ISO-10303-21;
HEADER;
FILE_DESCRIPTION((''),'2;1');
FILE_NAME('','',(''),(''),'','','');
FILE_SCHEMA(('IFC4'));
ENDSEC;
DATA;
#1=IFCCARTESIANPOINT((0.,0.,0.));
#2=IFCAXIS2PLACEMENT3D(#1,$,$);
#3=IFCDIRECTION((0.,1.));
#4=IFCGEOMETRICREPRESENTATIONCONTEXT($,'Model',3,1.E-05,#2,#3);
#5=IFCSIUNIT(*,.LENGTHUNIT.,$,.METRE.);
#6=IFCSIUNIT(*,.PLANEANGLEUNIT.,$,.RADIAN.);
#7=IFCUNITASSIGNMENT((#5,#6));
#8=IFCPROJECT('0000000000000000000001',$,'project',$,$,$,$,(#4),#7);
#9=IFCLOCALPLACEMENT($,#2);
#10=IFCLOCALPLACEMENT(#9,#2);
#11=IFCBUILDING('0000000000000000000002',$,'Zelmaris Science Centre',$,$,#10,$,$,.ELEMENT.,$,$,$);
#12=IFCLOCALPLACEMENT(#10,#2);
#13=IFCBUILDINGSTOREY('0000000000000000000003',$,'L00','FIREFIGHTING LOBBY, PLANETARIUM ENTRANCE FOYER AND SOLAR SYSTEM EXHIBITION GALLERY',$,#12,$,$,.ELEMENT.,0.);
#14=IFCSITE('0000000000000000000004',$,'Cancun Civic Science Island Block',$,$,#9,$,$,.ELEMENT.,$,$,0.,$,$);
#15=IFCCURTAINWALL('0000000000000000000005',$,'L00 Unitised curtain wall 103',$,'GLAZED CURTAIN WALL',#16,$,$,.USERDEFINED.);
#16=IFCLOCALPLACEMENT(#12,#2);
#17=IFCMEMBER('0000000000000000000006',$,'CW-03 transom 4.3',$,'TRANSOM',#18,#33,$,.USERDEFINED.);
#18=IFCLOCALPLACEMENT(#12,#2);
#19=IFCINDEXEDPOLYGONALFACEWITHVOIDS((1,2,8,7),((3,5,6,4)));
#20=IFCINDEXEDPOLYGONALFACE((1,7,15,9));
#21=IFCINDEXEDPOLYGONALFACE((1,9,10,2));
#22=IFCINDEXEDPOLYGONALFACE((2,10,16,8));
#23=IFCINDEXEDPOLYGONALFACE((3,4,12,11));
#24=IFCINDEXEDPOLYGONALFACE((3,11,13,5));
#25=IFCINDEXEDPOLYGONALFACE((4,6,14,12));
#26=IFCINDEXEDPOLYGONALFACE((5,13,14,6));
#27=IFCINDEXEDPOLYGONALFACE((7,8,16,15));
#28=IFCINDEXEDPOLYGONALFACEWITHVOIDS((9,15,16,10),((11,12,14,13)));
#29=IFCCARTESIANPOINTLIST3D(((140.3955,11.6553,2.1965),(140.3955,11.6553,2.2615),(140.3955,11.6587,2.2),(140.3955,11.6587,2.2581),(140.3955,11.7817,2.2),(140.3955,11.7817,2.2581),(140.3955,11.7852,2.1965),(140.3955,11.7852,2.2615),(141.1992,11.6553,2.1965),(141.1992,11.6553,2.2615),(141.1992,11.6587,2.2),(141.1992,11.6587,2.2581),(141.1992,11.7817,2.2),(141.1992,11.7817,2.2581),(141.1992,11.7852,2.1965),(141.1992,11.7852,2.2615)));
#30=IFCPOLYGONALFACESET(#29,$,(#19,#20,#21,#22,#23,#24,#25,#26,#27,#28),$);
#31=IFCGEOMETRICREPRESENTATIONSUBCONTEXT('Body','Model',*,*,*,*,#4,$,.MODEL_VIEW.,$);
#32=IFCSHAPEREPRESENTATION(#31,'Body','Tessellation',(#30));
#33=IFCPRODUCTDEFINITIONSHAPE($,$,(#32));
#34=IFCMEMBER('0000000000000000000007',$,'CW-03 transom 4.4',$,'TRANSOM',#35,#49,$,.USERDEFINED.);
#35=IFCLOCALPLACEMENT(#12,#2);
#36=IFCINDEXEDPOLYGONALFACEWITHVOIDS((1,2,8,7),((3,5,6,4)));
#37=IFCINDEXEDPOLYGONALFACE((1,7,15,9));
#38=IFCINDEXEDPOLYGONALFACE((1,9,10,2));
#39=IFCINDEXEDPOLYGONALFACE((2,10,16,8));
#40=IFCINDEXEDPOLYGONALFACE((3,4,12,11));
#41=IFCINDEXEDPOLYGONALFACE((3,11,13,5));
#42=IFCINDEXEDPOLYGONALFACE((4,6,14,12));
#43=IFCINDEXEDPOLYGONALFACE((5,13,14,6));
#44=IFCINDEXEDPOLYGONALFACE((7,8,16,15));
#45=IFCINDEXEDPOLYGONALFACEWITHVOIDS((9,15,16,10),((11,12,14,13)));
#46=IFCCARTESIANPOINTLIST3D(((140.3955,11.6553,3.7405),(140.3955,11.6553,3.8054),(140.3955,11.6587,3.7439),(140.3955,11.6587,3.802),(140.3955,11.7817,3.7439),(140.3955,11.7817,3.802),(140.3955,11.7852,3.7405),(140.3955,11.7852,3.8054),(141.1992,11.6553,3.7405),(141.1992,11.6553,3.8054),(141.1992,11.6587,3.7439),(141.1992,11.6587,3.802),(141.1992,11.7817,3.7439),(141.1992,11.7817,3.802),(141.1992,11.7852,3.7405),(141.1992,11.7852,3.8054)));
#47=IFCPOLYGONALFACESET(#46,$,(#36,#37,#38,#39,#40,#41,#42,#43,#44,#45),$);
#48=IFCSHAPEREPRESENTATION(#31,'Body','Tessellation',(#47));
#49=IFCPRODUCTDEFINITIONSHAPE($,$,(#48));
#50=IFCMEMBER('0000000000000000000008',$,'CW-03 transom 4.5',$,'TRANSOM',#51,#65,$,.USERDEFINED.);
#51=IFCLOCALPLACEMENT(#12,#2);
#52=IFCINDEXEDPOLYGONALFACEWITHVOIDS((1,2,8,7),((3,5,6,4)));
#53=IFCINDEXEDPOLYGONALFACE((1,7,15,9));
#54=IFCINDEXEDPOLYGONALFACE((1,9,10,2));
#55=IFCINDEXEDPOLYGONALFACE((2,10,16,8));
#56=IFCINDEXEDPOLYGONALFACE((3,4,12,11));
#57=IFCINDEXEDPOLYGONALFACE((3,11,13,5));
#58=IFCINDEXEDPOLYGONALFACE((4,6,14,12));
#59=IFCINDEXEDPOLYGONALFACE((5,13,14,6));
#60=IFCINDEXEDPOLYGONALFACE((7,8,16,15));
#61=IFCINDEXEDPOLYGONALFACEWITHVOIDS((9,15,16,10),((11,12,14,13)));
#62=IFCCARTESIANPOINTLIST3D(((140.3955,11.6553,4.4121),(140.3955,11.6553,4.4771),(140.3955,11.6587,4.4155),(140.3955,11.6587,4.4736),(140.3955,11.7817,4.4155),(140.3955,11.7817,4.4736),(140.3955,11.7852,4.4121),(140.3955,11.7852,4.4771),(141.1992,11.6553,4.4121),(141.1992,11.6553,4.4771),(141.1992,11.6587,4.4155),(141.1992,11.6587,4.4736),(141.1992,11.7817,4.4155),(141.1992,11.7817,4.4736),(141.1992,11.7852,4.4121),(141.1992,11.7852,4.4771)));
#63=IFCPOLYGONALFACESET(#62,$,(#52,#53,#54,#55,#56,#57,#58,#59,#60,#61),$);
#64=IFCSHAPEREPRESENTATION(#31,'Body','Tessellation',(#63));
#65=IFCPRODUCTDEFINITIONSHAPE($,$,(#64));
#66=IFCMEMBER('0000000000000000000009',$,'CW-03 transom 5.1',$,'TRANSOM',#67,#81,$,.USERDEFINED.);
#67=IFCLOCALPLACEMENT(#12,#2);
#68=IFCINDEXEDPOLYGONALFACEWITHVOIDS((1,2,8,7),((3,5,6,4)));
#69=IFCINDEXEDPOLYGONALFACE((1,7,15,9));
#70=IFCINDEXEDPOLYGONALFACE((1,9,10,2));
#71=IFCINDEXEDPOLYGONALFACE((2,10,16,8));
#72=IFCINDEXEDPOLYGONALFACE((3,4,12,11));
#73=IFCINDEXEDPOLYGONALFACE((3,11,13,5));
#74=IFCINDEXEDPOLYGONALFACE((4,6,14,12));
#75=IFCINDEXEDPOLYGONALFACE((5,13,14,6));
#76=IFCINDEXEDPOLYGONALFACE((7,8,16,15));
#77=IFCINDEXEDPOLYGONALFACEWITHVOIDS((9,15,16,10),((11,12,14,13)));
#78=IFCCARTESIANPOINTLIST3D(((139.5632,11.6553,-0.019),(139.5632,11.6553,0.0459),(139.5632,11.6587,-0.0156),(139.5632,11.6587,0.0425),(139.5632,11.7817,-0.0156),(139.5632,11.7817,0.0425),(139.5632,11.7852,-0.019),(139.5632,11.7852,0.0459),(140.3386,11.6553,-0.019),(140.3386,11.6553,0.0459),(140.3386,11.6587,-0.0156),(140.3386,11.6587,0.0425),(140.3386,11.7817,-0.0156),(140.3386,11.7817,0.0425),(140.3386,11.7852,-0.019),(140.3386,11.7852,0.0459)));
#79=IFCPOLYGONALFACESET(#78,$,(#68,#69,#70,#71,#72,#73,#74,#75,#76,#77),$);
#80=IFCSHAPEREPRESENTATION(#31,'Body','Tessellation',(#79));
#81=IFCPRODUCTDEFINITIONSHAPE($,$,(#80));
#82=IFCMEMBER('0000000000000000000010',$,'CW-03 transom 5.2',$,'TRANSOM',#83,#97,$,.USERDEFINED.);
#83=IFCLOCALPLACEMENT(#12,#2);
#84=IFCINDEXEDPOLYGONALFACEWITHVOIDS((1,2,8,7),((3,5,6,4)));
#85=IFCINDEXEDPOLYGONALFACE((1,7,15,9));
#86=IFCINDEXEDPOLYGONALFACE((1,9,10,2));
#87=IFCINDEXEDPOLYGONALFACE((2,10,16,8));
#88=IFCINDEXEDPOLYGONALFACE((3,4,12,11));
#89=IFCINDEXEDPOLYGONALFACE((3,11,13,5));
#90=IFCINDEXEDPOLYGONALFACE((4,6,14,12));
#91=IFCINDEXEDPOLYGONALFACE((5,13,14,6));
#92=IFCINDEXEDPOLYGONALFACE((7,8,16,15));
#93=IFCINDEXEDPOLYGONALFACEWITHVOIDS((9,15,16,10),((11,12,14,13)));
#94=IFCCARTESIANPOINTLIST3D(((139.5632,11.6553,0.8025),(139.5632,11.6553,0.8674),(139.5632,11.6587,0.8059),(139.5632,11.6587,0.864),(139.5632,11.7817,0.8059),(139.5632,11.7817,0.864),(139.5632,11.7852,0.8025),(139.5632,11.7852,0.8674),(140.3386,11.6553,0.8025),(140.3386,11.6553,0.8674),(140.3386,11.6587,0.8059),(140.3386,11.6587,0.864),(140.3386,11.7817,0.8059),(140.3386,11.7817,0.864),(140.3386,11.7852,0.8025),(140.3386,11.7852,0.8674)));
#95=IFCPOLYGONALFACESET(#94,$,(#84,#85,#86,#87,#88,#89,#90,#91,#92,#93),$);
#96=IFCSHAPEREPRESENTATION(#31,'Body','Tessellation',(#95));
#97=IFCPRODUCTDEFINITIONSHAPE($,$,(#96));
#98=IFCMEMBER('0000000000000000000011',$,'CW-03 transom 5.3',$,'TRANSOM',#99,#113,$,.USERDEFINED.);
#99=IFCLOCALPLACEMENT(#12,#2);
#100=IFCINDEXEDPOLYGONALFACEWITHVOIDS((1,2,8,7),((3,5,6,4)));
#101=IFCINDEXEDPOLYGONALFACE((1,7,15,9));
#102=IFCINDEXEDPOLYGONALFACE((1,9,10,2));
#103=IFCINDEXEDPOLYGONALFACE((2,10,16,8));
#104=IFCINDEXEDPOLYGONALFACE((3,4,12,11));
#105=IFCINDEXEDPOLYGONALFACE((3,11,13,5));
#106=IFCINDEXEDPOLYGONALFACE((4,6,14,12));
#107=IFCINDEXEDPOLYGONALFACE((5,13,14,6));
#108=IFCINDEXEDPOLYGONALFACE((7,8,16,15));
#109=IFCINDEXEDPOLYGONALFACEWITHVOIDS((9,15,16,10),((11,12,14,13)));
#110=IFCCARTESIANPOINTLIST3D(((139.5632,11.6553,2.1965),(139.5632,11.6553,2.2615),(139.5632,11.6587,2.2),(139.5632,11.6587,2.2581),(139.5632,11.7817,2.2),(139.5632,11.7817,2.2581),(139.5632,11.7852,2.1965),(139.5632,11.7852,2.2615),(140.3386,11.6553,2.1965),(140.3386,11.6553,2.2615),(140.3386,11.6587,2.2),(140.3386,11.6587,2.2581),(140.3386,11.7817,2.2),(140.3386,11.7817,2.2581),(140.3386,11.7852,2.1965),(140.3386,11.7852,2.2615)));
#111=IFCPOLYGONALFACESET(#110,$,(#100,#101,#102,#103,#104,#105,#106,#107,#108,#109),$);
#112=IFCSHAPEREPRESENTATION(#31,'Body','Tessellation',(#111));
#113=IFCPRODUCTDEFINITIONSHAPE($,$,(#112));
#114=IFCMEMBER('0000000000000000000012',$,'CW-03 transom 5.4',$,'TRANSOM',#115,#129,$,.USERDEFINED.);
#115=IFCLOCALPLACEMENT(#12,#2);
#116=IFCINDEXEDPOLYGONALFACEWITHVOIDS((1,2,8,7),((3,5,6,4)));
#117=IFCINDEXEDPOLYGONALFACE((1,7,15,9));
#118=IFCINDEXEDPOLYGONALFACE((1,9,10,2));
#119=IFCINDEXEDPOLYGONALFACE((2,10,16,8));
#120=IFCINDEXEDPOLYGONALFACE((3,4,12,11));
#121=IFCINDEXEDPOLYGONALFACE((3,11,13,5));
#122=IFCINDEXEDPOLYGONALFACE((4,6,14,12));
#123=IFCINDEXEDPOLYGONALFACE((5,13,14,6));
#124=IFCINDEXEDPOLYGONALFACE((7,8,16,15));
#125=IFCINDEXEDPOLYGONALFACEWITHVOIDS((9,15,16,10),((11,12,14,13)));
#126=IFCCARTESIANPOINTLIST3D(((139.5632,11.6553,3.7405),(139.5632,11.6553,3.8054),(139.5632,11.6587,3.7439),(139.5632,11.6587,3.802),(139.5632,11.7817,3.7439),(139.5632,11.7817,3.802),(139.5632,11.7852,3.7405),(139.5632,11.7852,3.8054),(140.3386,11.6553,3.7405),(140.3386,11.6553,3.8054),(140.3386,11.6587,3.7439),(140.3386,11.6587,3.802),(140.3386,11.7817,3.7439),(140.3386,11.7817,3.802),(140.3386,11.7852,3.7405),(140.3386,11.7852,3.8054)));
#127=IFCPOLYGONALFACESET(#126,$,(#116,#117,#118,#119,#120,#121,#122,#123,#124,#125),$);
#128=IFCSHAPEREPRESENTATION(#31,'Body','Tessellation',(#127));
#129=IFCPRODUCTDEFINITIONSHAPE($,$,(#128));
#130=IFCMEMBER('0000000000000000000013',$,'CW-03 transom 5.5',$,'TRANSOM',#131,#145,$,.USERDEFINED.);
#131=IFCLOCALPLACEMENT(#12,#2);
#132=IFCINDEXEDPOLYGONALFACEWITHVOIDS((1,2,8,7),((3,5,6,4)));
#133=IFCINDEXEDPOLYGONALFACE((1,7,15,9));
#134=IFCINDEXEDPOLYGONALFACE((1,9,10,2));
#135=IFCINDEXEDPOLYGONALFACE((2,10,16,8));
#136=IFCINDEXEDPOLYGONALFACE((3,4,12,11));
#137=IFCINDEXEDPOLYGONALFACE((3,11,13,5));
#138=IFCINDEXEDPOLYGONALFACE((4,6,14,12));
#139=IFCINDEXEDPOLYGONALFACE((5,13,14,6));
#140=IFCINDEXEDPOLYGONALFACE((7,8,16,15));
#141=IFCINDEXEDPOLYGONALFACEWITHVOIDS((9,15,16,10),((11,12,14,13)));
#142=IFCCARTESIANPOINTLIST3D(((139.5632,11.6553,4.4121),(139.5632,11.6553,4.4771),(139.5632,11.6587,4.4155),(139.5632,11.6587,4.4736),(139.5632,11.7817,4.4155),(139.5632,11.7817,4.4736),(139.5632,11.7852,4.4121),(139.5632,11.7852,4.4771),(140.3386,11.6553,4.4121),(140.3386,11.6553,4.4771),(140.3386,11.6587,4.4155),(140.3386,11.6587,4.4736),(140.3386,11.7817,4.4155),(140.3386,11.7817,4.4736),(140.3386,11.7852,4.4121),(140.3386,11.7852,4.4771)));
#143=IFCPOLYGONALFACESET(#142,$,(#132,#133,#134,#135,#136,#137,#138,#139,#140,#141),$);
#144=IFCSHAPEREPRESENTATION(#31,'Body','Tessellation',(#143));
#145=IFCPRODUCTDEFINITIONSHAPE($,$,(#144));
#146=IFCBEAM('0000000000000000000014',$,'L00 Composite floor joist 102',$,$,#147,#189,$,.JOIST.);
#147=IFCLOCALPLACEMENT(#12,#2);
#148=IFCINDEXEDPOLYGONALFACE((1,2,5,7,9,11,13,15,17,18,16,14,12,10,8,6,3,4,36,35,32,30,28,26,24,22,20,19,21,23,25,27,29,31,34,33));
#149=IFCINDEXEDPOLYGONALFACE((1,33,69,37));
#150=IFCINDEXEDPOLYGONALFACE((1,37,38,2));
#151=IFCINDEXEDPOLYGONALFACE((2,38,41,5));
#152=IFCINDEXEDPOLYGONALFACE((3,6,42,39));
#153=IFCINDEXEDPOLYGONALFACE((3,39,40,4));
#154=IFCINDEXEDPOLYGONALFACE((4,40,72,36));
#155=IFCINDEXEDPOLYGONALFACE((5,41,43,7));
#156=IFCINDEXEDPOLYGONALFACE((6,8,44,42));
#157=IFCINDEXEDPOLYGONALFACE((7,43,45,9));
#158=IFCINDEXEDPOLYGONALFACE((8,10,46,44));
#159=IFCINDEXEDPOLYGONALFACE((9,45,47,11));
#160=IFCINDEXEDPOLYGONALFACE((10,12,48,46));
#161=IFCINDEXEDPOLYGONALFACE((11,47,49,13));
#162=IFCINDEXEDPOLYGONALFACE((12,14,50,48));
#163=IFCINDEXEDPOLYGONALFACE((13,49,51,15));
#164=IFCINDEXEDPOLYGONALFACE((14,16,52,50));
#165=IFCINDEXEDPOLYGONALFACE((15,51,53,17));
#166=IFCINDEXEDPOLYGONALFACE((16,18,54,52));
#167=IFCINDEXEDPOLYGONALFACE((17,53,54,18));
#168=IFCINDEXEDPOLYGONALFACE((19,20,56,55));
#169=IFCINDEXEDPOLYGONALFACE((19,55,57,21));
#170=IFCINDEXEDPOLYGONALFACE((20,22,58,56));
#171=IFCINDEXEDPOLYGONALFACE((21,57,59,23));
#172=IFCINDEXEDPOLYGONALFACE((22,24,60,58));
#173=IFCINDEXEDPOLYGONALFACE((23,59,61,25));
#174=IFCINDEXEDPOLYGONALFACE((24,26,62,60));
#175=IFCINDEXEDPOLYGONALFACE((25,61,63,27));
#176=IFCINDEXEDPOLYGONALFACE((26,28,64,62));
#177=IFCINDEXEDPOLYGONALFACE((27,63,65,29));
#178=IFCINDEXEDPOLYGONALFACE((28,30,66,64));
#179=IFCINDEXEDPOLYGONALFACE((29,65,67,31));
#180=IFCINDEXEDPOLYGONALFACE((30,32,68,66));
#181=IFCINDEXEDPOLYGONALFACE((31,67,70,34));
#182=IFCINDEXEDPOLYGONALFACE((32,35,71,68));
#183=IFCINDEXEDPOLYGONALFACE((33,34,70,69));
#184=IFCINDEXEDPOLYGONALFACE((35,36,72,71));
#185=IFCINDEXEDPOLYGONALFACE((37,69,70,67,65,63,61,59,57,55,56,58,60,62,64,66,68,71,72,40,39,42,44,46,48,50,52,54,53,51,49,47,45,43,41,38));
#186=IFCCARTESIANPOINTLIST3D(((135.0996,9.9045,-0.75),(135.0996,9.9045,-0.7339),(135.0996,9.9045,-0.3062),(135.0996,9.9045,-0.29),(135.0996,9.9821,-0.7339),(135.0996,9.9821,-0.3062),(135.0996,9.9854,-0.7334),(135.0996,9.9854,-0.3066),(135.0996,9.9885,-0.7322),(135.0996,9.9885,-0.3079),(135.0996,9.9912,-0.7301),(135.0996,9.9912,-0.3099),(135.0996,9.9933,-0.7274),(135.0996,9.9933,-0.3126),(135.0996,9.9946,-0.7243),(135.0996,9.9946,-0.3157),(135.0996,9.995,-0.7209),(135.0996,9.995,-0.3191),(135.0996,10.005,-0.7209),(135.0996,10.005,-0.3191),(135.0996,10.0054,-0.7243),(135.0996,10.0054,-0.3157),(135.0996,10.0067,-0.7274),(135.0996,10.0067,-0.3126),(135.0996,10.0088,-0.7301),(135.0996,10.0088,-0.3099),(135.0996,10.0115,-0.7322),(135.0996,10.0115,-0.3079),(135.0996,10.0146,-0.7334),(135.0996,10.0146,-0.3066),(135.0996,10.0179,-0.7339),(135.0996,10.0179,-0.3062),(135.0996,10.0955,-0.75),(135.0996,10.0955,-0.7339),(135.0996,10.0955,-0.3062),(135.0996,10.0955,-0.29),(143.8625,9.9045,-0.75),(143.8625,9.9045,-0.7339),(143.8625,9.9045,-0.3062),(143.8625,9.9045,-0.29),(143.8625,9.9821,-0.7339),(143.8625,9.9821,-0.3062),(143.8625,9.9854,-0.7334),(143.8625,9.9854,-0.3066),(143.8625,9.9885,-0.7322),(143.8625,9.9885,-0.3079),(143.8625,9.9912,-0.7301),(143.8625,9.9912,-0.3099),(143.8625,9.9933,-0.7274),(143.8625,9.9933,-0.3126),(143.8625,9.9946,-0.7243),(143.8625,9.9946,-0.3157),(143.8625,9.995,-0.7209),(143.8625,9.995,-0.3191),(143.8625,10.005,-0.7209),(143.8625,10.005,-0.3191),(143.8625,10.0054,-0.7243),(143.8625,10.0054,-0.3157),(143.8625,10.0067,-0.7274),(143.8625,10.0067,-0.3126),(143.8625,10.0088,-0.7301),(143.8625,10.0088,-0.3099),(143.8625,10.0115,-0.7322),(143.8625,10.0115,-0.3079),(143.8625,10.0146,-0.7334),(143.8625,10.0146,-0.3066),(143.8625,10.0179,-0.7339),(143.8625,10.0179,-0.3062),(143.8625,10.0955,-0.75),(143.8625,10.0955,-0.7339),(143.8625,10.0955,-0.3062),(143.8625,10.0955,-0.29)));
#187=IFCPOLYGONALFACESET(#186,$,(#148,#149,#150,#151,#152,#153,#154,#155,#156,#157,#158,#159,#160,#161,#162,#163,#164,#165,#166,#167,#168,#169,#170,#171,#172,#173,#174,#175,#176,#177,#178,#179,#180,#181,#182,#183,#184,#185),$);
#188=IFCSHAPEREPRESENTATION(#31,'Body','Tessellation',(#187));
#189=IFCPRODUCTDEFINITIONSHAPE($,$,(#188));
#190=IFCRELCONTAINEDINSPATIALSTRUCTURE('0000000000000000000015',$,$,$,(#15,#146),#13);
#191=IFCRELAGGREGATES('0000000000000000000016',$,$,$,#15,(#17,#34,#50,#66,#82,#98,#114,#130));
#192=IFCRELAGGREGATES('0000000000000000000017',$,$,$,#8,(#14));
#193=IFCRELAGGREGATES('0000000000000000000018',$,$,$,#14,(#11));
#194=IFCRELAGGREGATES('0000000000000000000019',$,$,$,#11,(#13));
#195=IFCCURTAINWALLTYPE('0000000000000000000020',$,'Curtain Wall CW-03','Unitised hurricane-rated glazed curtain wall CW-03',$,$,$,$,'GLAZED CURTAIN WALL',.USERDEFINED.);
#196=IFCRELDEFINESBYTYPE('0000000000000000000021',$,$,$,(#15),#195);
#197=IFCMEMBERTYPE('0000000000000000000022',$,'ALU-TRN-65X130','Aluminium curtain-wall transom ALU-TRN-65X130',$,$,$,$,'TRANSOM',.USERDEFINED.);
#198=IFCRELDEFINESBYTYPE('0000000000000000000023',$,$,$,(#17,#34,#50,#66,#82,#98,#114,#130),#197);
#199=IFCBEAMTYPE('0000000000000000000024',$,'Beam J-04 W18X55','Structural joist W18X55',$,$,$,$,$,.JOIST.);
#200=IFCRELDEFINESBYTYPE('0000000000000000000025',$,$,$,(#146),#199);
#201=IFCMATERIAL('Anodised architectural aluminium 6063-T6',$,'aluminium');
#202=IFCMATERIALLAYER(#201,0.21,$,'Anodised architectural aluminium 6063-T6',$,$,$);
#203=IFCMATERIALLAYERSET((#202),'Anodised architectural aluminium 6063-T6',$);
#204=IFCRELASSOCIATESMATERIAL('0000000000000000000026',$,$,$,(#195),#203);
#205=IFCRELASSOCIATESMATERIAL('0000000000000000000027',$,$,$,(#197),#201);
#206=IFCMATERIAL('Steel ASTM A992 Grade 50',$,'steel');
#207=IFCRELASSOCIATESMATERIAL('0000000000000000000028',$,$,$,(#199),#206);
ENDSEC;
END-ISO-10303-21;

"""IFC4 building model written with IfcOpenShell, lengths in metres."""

from ifc_helpers import new_model, si_unit, direction, frame, origin, origin_2d, place, context, subcontext, project, spatial, hollow_rectangle, i_section, extrude, material, layer, layer_set, material_profile, profile_set, type_object, element, aggregate, save


model = new_model("IFC4")

# Units and contexts
model_context = context("Model", 3, precision=1e-05, world=origin(), true_north=direction((0.0, 1.0)))
body_context = subcontext(model_context, "Body", "Model", "MODEL_VIEW")
ifc_project = project(units=[si_unit("LENGTHUNIT", "METRE"), si_unit("PLANEANGLEUNIT", "RADIAN")], contexts=[model_context])

# Site, building, storey
site_placement = place(None, origin())
site = spatial("IfcSite", under=ifc_project, at=site_placement, Name="Cancun Civic Science Island Block", CompositionType="ELEMENT", RefElevation=0.0)
building_placement = place(site_placement, origin())
building = spatial("IfcBuilding", under=site, at=building_placement, Name="Zelmaris Science Centre", CompositionType="ELEMENT")
storey_placement = place(building_placement, origin())
storey = spatial("IfcBuildingStorey", under=building, at=storey_placement, Name="L00", Description="FIREFIGHTING LOBBY, PLANETARIUM ENTRANCE FOYER AND SOLAR SYSTEM EXHIBITION GALLERY", CompositionType="ELEMENT", Elevation=0.0)

# Curtain wall, members
ifc_material_1 = material(Name="Anodised architectural aluminium 6063-T6", Category="aluminium")
ifc_layer_1 = layer(ifc_material_1, 0.21, Name="Anodised architectural aluminium 6063-T6")
ifc_layer_set_1 = layer_set([ifc_layer_1], Name="Anodised architectural aluminium 6063-T6")
curtain_wall_type = type_object("IfcCurtainWallType", Name="Curtain Wall CW-03", Description="Unitised hurricane-rated glazed curtain wall CW-03", ElementType="GLAZED CURTAIN WALL", PredefinedType="USERDEFINED", material=ifc_layer_set_1)
curtain_wall_placement = place(storey_placement, origin())
curtain_wall = element("IfcCurtainWall", 1, at=curtain_wall_placement, inside=storey, type_object=curtain_wall_type, Name="L00 Unitised curtain wall 103", ObjectType="GLAZED CURTAIN WALL", PredefinedType="USERDEFINED")
ifc_material_profile_1 = material_profile(ifc_material_1, hollow_rectangle(XDim=0.0649, YDim=0.1299, WallThickness=0.0034, at=origin_2d()), Name="ALU-TRN-65X130")
ifc_profile_set_1 = profile_set([ifc_material_profile_1], Name="Anodised architectural aluminium 6063-T6")
member_type_1 = type_object("IfcMemberType", Name="ALU-TRN-65X130", Description="Aluminium curtain-wall transom ALU-TRN-65X130", ElementType="TRANSOM", PredefinedType="USERDEFINED", material=ifc_profile_set_1)
member_1_placement = place(storey_placement, frame((141.1992, 11.7202, 2.229), z_axis=(-1.0, 0.0, 0.0), x_axis=(0.0, 0.0, 1.0)))
member_1 = element("IfcMember", 2, at=member_1_placement, type_object=member_type_1, Name="CW-03 transom 4.3", ObjectType="TRANSOM", PredefinedType="USERDEFINED", context=body_context, shape_type="SweptSolid", body=[
    extrude(hollow_rectangle(XDim=0.0649, YDim=0.1299, WallThickness=0.0034, at=origin_2d()), origin(), (0.0, 0.0, 1.0), 0.8037),
])
member_2_placement = place(storey_placement, frame((141.1992, 11.7202, 3.7729), z_axis=(-1.0, 0.0, 0.0), x_axis=(0.0, 0.0, 1.0)))
member_2 = element("IfcMember", 3, at=member_2_placement, type_object=member_type_1, Name="CW-03 transom 4.4", ObjectType="TRANSOM", PredefinedType="USERDEFINED", context=body_context, shape_type="SweptSolid", body=[
    extrude(hollow_rectangle(XDim=0.0649, YDim=0.1299, WallThickness=0.0034, at=origin_2d()), origin(), (0.0, 0.0, 1.0), 0.8037),
])
member_3_placement = place(storey_placement, frame((141.1992, 11.7202, 4.4446), z_axis=(-1.0, 0.0, 0.0), x_axis=(0.0, 0.0, 1.0)))
member_3 = element("IfcMember", 4, at=member_3_placement, type_object=member_type_1, Name="CW-03 transom 4.5", ObjectType="TRANSOM", PredefinedType="USERDEFINED", context=body_context, shape_type="SweptSolid", body=[
    extrude(hollow_rectangle(XDim=0.0649, YDim=0.1299, WallThickness=0.0034, at=origin_2d()), origin(), (0.0, 0.0, 1.0), 0.8037),
])
member_4_placement = place(storey_placement, frame((140.3386, 11.7202, 0.0134), z_axis=(-1.0, 0.0, 0.0), x_axis=(0.0, 0.0, 1.0)))
member_4 = element("IfcMember", 5, at=member_4_placement, type_object=member_type_1, Name="CW-03 transom 5.1", ObjectType="TRANSOM", PredefinedType="USERDEFINED", context=body_context, shape_type="SweptSolid", body=[
    extrude(hollow_rectangle(XDim=0.0649, YDim=0.1299, WallThickness=0.0034, at=origin_2d()), origin(), (0.0, 0.0, 1.0), 0.7754),
])
member_5_placement = place(storey_placement, frame((140.3386, 11.7202, 0.835), z_axis=(-1.0, 0.0, 0.0), x_axis=(0.0, 0.0, 1.0)))
member_5 = element("IfcMember", 6, at=member_5_placement, type_object=member_type_1, Name="CW-03 transom 5.2", ObjectType="TRANSOM", PredefinedType="USERDEFINED", context=body_context, shape_type="SweptSolid", body=[
    extrude(hollow_rectangle(XDim=0.0649, YDim=0.1299, WallThickness=0.0034, at=origin_2d()), origin(), (0.0, 0.0, 1.0), 0.7754),
])
member_6_placement = place(storey_placement, frame((140.3386, 11.7202, 2.229), z_axis=(-1.0, 0.0, 0.0), x_axis=(0.0, 0.0, 1.0)))
member_6 = element("IfcMember", 7, at=member_6_placement, type_object=member_type_1, Name="CW-03 transom 5.3", ObjectType="TRANSOM", PredefinedType="USERDEFINED", context=body_context, shape_type="SweptSolid", body=[
    extrude(hollow_rectangle(XDim=0.0649, YDim=0.1299, WallThickness=0.0034, at=origin_2d()), origin(), (0.0, 0.0, 1.0), 0.7754),
])
member_7_placement = place(storey_placement, frame((140.3386, 11.7202, 3.7729), z_axis=(-1.0, 0.0, 0.0), x_axis=(0.0, 0.0, 1.0)))
member_7 = element("IfcMember", 8, at=member_7_placement, type_object=member_type_1, Name="CW-03 transom 5.4", ObjectType="TRANSOM", PredefinedType="USERDEFINED", context=body_context, shape_type="SweptSolid", body=[
    extrude(hollow_rectangle(XDim=0.0649, YDim=0.1299, WallThickness=0.0034, at=origin_2d()), origin(), (0.0, 0.0, 1.0), 0.7754),
])
member_8_placement = place(storey_placement, frame((140.3386, 11.7202, 4.4446), z_axis=(-1.0, 0.0, 0.0), x_axis=(0.0, 0.0, 1.0)))
member_8 = element("IfcMember", 9, at=member_8_placement, type_object=member_type_1, Name="CW-03 transom 5.5", ObjectType="TRANSOM", PredefinedType="USERDEFINED", context=body_context, shape_type="SweptSolid", body=[
    extrude(hollow_rectangle(XDim=0.0649, YDim=0.1299, WallThickness=0.0034, at=origin_2d()), origin(), (0.0, 0.0, 1.0), 0.7754),
])

# Beam
ifc_material_2 = material(Name="Steel ASTM A992 Grade 50", Category="steel")
ifc_material_profile_2 = material_profile(ifc_material_2, i_section(OverallWidth=0.1909, OverallDepth=0.46, WebThickness=0.01, FlangeThickness=0.0161, FilletRadius=0.0129, at=origin_2d()), Name="W18X55")
ifc_profile_set_2 = profile_set([ifc_material_profile_2], Name="Steel ASTM A992 Grade 50")
beam_type = type_object("IfcBeamType", Name="Beam J-04 W18X55", Description="Structural joist W18X55", PredefinedType="JOIST", material=ifc_profile_set_2)
beam_placement = place(storey_placement, frame((135.0996, 10.0, -0.52), z_axis=(1.0, 0.0, 0.0), x_axis=(0.0, 1.0, 0.0)))
element("IfcBeam", 10, at=beam_placement, inside=storey, type_object=beam_type, Name="L00 Composite floor joist 102", PredefinedType="JOIST", context=body_context, shape_type="SweptSolid", body=[
    extrude(i_section(OverallWidth=0.1909, OverallDepth=0.46, WebThickness=0.01, FlangeThickness=0.0161, FilletRadius=0.0129, at=origin_2d()), origin(), (0.0, 0.0, 1.0), 8.7629),
])

aggregate(curtain_wall, [member_1, member_2, member_3, member_4, member_5, member_6, member_7, member_8])

save(model, "model.ifc")
